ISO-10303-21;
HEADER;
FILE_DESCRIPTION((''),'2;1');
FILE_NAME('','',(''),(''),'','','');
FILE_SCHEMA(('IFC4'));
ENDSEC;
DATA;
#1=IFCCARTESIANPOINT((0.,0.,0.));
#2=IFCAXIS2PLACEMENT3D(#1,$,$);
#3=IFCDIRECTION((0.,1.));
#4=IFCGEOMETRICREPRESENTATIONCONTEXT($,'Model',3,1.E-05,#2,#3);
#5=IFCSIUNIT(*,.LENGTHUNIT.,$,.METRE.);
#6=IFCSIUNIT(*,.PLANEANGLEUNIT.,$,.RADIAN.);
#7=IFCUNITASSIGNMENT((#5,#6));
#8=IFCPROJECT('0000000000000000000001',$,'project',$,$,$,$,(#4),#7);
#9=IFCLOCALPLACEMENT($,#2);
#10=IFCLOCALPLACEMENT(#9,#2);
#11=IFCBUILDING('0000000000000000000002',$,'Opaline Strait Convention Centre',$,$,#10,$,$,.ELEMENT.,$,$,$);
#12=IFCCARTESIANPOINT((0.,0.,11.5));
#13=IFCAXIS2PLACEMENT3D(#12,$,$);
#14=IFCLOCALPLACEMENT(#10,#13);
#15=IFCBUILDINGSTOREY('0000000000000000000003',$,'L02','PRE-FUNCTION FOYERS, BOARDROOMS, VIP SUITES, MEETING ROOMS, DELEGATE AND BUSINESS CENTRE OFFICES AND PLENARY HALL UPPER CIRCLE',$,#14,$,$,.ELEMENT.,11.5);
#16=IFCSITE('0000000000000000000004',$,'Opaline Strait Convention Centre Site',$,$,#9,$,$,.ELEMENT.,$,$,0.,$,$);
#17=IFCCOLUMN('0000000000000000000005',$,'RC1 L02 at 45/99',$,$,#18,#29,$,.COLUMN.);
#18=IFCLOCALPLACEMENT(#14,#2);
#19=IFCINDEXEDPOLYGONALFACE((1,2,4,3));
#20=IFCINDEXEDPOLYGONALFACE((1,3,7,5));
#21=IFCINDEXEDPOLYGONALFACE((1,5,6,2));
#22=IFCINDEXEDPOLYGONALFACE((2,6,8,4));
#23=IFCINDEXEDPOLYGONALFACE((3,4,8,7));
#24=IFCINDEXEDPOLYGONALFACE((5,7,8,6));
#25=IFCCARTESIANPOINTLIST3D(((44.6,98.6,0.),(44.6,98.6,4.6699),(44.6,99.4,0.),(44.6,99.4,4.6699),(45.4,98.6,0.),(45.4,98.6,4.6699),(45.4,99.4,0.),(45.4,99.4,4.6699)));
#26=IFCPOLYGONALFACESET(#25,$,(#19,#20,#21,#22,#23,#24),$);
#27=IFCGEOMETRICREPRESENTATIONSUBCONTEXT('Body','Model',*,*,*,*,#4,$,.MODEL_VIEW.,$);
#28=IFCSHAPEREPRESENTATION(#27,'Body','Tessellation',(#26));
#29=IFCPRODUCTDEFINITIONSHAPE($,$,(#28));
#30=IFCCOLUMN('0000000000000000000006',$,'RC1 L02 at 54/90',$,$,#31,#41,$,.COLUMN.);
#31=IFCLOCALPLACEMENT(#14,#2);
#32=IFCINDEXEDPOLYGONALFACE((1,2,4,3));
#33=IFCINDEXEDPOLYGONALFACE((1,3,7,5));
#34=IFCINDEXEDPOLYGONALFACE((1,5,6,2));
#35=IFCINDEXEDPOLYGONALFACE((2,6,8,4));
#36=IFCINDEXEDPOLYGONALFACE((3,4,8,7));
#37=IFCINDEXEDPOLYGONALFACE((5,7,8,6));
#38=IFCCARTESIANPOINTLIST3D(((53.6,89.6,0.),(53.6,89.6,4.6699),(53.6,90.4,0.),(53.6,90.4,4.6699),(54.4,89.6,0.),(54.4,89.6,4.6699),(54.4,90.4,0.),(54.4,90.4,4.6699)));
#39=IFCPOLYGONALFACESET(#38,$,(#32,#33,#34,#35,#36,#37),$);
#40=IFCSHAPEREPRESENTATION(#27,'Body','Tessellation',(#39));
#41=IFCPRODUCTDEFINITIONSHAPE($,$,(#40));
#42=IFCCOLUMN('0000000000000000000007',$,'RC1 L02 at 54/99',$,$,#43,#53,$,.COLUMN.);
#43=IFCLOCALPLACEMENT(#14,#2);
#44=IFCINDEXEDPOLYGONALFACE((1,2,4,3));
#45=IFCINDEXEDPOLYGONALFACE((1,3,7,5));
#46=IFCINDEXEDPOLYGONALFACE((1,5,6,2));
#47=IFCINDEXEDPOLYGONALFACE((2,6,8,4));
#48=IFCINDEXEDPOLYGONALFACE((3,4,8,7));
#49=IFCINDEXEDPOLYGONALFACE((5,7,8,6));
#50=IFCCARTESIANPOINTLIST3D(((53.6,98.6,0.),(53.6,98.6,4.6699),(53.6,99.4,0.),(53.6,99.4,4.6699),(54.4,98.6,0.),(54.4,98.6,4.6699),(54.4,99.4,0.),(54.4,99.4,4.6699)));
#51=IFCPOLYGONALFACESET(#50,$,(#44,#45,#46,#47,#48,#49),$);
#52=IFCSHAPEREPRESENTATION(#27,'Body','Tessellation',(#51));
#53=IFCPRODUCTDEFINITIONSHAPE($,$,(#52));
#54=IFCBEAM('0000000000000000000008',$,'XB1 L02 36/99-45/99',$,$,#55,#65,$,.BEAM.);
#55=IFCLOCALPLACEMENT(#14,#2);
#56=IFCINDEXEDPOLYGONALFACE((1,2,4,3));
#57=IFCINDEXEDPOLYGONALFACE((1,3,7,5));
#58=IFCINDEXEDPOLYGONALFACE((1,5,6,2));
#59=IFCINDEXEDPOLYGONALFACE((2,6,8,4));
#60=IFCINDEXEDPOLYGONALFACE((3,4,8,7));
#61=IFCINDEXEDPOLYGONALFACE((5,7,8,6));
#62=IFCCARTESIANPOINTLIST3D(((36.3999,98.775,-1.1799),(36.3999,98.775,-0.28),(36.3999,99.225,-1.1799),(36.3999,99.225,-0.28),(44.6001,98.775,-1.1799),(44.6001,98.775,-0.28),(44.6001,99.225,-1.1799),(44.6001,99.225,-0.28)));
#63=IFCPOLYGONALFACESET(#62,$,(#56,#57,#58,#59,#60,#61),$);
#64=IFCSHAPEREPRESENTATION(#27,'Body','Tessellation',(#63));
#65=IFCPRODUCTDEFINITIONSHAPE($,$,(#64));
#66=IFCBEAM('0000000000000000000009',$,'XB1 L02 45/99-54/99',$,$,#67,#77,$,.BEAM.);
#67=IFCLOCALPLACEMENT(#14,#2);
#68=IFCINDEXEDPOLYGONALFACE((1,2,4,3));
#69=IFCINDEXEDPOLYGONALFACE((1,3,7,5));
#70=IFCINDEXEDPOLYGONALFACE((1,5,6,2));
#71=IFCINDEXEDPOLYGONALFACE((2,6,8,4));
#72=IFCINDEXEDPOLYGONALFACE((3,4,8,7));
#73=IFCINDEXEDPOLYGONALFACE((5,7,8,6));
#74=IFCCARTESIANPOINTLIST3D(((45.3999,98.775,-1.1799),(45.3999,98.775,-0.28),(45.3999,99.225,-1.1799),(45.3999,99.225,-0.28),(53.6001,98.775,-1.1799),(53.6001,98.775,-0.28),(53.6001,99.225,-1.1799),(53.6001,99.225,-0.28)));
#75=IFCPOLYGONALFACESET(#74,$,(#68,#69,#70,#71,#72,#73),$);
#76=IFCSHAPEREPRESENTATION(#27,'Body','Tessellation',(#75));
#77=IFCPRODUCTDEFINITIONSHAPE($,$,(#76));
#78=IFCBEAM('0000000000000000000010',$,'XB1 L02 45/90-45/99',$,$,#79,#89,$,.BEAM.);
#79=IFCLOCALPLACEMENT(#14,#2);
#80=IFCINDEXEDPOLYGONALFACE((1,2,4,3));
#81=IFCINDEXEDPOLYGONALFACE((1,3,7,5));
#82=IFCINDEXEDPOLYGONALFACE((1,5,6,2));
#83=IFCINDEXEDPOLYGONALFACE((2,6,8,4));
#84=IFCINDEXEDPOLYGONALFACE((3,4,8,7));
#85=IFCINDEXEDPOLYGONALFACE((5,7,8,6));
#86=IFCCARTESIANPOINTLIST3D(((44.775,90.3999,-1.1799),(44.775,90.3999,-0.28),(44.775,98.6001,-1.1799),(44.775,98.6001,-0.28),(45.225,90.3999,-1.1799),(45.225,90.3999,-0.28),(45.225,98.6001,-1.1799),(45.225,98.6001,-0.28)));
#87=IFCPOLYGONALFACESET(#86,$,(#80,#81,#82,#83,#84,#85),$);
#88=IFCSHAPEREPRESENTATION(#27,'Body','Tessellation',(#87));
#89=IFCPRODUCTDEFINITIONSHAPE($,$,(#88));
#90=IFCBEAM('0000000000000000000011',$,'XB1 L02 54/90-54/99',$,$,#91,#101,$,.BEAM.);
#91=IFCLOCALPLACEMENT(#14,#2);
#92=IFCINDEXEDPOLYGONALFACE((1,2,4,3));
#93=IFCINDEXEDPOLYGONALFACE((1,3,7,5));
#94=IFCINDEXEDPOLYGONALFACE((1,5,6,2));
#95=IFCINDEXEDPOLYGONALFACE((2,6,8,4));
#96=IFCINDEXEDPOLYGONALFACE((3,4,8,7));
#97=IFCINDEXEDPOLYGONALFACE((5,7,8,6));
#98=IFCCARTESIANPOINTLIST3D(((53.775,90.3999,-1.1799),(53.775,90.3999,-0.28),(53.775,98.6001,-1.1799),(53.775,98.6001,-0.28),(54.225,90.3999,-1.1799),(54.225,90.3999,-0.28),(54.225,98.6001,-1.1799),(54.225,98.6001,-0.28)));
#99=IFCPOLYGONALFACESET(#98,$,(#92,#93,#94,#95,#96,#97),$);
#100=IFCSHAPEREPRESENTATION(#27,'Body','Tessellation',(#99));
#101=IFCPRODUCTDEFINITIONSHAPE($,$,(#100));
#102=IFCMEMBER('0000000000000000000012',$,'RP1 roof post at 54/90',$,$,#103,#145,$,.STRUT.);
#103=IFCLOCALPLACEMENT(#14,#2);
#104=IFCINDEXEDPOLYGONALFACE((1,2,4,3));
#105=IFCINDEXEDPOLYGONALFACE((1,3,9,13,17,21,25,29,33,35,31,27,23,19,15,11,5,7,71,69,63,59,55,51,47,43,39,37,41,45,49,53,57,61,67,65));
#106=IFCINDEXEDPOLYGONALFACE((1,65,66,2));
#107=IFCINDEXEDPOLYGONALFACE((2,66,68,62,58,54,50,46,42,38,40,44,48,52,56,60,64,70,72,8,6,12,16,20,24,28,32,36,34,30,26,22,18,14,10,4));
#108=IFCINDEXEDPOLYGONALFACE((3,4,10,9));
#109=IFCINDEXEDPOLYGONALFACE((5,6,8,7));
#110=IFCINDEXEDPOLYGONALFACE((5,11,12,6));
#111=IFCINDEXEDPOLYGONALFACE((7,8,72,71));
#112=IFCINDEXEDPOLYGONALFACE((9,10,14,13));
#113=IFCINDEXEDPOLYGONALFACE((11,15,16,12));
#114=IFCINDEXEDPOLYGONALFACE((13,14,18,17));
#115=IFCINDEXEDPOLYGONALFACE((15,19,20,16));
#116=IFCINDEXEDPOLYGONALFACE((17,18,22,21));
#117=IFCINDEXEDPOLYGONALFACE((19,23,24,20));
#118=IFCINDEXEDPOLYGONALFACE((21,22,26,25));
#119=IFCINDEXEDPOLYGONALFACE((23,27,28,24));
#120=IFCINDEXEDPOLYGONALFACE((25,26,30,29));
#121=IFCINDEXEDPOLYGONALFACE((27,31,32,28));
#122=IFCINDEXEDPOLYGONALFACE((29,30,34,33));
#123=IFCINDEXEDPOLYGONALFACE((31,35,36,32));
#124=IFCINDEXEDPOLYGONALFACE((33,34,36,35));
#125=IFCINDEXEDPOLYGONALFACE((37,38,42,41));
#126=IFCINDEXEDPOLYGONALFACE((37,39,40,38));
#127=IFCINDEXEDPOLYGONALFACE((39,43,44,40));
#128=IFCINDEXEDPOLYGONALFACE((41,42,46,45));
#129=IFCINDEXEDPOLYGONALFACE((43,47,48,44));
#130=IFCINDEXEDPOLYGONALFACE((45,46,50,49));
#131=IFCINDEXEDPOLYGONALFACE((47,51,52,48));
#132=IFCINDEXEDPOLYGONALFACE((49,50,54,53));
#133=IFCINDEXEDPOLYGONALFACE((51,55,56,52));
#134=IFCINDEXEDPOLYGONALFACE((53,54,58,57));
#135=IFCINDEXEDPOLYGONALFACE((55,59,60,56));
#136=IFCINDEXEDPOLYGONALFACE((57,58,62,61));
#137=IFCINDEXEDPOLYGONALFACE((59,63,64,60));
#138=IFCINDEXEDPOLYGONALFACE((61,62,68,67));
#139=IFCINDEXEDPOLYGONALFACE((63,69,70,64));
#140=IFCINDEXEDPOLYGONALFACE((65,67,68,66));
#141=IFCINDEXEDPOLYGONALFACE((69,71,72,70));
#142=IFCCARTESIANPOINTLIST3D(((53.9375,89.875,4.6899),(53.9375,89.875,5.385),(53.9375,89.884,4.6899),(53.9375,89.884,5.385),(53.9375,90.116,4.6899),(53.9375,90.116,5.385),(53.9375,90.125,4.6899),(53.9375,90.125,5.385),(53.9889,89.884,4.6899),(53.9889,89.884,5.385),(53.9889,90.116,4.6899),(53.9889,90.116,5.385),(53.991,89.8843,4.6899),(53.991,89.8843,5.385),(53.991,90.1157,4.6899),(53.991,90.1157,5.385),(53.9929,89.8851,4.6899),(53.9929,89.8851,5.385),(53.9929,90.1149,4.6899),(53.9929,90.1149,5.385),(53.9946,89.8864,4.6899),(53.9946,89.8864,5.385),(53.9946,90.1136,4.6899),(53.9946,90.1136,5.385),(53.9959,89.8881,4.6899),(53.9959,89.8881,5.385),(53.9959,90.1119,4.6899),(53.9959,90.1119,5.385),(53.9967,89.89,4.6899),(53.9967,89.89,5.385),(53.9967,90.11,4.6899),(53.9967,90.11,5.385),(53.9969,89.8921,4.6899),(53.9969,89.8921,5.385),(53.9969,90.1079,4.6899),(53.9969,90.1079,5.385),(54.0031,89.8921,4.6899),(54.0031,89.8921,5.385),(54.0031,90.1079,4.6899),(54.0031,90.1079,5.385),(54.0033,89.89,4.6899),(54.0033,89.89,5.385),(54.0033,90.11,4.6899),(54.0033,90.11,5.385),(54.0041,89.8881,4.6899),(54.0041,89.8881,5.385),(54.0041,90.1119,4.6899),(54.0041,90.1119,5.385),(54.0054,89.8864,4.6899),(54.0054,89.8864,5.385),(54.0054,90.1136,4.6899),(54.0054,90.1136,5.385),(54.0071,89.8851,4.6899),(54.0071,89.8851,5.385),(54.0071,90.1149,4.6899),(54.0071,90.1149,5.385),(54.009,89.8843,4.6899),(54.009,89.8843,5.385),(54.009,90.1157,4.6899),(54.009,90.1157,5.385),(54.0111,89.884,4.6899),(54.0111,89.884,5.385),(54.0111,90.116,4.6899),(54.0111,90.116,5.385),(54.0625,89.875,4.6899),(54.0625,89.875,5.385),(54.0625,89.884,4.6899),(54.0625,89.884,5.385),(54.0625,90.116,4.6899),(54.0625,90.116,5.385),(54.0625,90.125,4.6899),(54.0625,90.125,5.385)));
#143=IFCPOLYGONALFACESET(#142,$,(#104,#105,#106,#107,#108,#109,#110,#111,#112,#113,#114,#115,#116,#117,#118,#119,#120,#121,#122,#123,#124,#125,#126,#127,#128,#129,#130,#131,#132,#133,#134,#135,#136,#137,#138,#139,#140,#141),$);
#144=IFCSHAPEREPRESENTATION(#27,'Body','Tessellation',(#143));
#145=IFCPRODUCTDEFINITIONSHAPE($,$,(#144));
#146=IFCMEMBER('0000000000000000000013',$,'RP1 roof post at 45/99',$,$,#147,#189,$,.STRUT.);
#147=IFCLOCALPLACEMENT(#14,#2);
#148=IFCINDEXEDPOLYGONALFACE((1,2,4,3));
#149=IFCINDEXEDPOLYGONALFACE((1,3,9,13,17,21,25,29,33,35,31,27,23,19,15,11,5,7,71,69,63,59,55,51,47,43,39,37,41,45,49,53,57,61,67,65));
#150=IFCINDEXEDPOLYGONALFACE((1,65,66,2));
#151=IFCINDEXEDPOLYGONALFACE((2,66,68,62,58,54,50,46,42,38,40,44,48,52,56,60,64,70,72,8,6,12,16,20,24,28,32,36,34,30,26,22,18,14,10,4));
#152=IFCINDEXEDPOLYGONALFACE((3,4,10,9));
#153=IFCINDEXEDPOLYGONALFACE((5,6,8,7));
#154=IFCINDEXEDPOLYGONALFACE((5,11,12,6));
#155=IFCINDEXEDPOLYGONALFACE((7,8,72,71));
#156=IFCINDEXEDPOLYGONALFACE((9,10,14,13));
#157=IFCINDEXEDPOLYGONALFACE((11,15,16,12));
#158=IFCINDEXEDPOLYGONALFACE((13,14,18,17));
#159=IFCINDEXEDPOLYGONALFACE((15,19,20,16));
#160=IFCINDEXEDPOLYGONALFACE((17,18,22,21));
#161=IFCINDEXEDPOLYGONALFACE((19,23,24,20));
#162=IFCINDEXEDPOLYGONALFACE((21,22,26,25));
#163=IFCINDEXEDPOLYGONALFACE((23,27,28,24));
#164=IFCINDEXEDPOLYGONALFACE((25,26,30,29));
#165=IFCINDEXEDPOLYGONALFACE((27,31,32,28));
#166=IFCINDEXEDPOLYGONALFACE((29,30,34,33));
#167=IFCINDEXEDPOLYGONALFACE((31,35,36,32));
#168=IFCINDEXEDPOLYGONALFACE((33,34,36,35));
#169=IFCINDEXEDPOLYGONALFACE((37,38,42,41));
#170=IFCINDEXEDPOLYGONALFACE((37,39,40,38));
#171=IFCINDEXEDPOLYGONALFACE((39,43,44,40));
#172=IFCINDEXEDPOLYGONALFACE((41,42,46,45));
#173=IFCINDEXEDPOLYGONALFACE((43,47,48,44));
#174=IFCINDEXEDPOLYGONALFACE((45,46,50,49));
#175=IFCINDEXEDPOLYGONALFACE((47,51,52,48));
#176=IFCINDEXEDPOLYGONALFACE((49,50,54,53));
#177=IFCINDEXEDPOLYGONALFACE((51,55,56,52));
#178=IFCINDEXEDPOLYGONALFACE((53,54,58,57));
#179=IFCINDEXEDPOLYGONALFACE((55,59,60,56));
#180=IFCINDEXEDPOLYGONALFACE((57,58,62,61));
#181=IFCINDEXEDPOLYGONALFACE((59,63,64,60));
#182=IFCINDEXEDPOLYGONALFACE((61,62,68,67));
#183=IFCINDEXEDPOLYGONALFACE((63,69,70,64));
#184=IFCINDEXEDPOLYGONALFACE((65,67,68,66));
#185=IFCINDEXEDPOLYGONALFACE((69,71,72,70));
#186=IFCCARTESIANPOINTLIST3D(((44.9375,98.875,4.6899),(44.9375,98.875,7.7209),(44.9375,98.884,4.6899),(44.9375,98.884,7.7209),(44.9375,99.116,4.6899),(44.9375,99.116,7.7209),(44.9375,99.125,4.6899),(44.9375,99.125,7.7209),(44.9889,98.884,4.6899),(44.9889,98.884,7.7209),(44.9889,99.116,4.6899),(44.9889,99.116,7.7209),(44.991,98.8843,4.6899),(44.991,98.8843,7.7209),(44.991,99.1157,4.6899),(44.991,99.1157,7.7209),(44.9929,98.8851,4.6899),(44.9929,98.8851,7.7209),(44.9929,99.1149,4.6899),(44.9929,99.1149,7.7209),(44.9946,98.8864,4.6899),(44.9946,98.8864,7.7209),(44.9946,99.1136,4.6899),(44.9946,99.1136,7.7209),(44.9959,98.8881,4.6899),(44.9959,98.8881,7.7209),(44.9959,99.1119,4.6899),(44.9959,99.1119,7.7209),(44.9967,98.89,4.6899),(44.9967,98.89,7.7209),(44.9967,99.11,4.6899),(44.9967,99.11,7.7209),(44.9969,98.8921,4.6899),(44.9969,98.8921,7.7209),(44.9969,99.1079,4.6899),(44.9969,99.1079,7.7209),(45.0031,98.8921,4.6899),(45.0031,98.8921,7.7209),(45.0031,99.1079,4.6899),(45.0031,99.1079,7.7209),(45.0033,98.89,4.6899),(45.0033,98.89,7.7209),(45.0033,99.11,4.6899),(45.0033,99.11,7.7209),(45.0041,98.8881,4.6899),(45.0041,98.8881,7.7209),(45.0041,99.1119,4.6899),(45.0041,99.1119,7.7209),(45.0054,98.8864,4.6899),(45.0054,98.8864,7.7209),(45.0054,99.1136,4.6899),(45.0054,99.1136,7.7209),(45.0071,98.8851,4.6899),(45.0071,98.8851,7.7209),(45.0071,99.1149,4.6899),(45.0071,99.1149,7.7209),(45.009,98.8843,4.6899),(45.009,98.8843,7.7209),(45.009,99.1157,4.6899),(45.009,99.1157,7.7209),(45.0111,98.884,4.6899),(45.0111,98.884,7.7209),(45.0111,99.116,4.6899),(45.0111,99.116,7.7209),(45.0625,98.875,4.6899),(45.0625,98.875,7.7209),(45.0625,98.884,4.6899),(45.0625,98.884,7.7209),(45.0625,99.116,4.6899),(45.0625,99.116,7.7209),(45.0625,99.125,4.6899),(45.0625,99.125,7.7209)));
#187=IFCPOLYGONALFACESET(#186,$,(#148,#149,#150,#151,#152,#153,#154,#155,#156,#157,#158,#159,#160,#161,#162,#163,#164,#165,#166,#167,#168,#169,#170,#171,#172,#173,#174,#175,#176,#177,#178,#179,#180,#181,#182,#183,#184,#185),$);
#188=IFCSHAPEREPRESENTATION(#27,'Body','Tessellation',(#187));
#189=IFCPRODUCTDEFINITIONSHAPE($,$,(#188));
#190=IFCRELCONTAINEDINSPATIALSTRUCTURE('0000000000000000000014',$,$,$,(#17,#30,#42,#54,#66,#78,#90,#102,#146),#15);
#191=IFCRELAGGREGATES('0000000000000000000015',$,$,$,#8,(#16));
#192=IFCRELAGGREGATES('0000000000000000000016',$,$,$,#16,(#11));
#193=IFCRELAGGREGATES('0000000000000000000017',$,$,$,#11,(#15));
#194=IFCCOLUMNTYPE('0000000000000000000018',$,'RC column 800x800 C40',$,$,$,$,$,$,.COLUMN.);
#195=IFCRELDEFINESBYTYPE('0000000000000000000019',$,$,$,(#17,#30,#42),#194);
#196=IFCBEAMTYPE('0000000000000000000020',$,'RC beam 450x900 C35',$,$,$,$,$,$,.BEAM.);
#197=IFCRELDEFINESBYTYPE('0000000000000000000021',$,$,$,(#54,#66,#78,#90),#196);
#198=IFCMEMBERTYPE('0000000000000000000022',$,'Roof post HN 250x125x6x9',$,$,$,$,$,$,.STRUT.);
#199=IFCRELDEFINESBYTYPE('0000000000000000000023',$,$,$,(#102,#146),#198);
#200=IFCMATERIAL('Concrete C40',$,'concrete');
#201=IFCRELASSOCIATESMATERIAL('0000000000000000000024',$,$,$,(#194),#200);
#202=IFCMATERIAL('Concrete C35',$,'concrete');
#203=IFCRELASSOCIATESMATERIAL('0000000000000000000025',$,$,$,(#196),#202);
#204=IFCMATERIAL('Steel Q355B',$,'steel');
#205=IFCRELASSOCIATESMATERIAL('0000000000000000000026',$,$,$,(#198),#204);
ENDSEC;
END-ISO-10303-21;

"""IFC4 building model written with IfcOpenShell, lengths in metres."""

from ifc_helpers import new_model, si_unit, direction, frame, origin, origin_2d, place, context, subcontext, project, spatial, rectangle, i_section, extrude, material, material_profile, profile_set, type_object, element, save


model = new_model("IFC4")

# Units and contexts
model_context = context("Model", 3, precision=1e-05, world=origin(), true_north=direction((0.0, 1.0)))
body_context = subcontext(model_context, "Body", "Model", "MODEL_VIEW")
ifc_project = project(units=[si_unit("LENGTHUNIT", "METRE"), si_unit("PLANEANGLEUNIT", "RADIAN")], contexts=[model_context])

# Site, building, storey
site_placement = place(None, origin())
site = spatial("IfcSite", under=ifc_project, at=site_placement, Name="Opaline Strait Convention Centre Site", CompositionType="ELEMENT", RefElevation=0.0)
building_placement = place(site_placement, origin())
building = spatial("IfcBuilding", under=site, at=building_placement, Name="Opaline Strait Convention Centre", CompositionType="ELEMENT")
storey_placement = place(building_placement, frame((0.0, 0.0, 11.5)))
storey = spatial("IfcBuildingStorey", under=building, at=storey_placement, Name="L02", Description="PRE-FUNCTION FOYERS, BOARDROOMS, VIP SUITES, MEETING ROOMS, DELEGATE AND BUSINESS CENTRE OFFICES AND PLENARY HALL UPPER CIRCLE", CompositionType="ELEMENT", Elevation=11.5)

# Columns
ifc_material_1 = material(Name="Concrete C40", Category="concrete")
ifc_material_profile_1 = material_profile(ifc_material_1, rectangle(XDim=0.8, YDim=0.8, at=origin_2d()), Name="RC 800x800")
ifc_profile_set_1 = profile_set([ifc_material_profile_1], Name="Concrete C40")
column_type = type_object("IfcColumnType", Name="RC column 800x800 C40", PredefinedType="COLUMN", material=ifc_profile_set_1)
for number, where, z_axis, x_axis, name in (
    (1, (45.0, 99.0, 0.0), (0.0, 0.0, 1.0), (1.0, 0.0, 0.0), "RC1 L02 at 45/99"),
    (2, (54.0, 90.0, 0.0), (0.0, 0.0, 1.0), (1.0, 0.0, 0.0), "RC1 L02 at 54/90"),
    (3, (54.0, 99.0, 0.0), (0.0, 0.0, 1.0), (1.0, 0.0, 0.0), "RC1 L02 at 54/99"),
):
    element("IfcColumn", number, at=place(storey_placement, frame(where, z_axis=z_axis, x_axis=x_axis)), inside=storey, type_object=column_type, Name=name, PredefinedType="COLUMN", context=body_context, shape_type="SweptSolid", body=[
        extrude(rectangle(XDim=0.8, YDim=0.8, at=origin_2d()), origin(), (0.0, 0.0, 1.0), 4.6699),
    ])

# Beams
ifc_material_2 = material(Name="Concrete C35", Category="concrete")
ifc_material_profile_2 = material_profile(ifc_material_2, rectangle(XDim=0.45, YDim=0.8999, at=origin_2d()), Name="RC 450x900")
ifc_profile_set_2 = profile_set([ifc_material_profile_2], Name="Concrete C35")
beam_type = type_object("IfcBeamType", Name="RC beam 450x900 C35", PredefinedType="BEAM", material=ifc_profile_set_2)
for number, where, z_axis, x_axis, name in (
    (4, (36.3999, 99.0, -0.73), (1.0, 0.0, 0.0), (0.0, 1.0, 0.0), "XB1 L02 36/99-45/99"),
    (5, (45.3999, 99.0, -0.73), (1.0, 0.0, 0.0), (0.0, 1.0, 0.0), "XB1 L02 45/99-54/99"),
    (6, (45.0, 90.3999, -0.73), (0.0, 1.0, 0.0), (-1.0, 0.0, 0.0), "XB1 L02 45/90-45/99"),
    (7, (54.0, 90.3999, -0.73), (0.0, 1.0, 0.0), (-1.0, 0.0, 0.0), "XB1 L02 54/90-54/99"),
):
    element("IfcBeam", number, at=place(storey_placement, frame(where, z_axis=z_axis, x_axis=x_axis)), inside=storey, type_object=beam_type, Name=name, PredefinedType="BEAM", context=body_context, shape_type="SweptSolid", body=[
        extrude(rectangle(XDim=0.45, YDim=0.8999, at=origin_2d()), origin(), (0.0, 0.0, 1.0), 8.2002),
    ])

# Members
ifc_material_3 = material(Name="Steel Q355B", Category="steel")
ifc_material_profile_3 = material_profile(ifc_material_3, i_section(OverallWidth=0.125, OverallDepth=0.25, WebThickness=0.0061, FlangeThickness=0.009, FilletRadius=0.0081, at=origin_2d()), Name="HN 250x125x6x9")
ifc_profile_set_3 = profile_set([ifc_material_profile_3], Name="Steel Q355B")
member_type_1 = type_object("IfcMemberType", Name="Roof post HN 250x125x6x9", PredefinedType="STRUT", material=ifc_profile_set_3)
member_1_placement = place(storey_placement, frame((54.0, 90.0, 4.6899), z_axis=(0.0, 0.0, 1.0), x_axis=(1.0, 0.0, 0.0)))
element("IfcMember", 8, at=member_1_placement, inside=storey, type_object=member_type_1, Name="RP1 roof post at 54/90", PredefinedType="STRUT", context=body_context, shape_type="SweptSolid", body=[
    extrude(i_section(OverallWidth=0.125, OverallDepth=0.25, WebThickness=0.0061, FlangeThickness=0.009, FilletRadius=0.0081, at=origin_2d()), origin(), (0.0, 0.0, 1.0), 0.6951),
])
member_2_placement = place(storey_placement, frame((45.0, 99.0, 4.6899), z_axis=(0.0, 0.0, 1.0), x_axis=(1.0, 0.0, 0.0)))
element("IfcMember", 9, at=member_2_placement, inside=storey, type_object=member_type_1, Name="RP1 roof post at 45/99", PredefinedType="STRUT", context=body_context, shape_type="SweptSolid", body=[
    extrude(i_section(OverallWidth=0.125, OverallDepth=0.25, WebThickness=0.0061, FlangeThickness=0.009, FilletRadius=0.0081, at=origin_2d()), origin(), (0.0, 0.0, 1.0), 3.031),
])

save(model, "model.ifc")
